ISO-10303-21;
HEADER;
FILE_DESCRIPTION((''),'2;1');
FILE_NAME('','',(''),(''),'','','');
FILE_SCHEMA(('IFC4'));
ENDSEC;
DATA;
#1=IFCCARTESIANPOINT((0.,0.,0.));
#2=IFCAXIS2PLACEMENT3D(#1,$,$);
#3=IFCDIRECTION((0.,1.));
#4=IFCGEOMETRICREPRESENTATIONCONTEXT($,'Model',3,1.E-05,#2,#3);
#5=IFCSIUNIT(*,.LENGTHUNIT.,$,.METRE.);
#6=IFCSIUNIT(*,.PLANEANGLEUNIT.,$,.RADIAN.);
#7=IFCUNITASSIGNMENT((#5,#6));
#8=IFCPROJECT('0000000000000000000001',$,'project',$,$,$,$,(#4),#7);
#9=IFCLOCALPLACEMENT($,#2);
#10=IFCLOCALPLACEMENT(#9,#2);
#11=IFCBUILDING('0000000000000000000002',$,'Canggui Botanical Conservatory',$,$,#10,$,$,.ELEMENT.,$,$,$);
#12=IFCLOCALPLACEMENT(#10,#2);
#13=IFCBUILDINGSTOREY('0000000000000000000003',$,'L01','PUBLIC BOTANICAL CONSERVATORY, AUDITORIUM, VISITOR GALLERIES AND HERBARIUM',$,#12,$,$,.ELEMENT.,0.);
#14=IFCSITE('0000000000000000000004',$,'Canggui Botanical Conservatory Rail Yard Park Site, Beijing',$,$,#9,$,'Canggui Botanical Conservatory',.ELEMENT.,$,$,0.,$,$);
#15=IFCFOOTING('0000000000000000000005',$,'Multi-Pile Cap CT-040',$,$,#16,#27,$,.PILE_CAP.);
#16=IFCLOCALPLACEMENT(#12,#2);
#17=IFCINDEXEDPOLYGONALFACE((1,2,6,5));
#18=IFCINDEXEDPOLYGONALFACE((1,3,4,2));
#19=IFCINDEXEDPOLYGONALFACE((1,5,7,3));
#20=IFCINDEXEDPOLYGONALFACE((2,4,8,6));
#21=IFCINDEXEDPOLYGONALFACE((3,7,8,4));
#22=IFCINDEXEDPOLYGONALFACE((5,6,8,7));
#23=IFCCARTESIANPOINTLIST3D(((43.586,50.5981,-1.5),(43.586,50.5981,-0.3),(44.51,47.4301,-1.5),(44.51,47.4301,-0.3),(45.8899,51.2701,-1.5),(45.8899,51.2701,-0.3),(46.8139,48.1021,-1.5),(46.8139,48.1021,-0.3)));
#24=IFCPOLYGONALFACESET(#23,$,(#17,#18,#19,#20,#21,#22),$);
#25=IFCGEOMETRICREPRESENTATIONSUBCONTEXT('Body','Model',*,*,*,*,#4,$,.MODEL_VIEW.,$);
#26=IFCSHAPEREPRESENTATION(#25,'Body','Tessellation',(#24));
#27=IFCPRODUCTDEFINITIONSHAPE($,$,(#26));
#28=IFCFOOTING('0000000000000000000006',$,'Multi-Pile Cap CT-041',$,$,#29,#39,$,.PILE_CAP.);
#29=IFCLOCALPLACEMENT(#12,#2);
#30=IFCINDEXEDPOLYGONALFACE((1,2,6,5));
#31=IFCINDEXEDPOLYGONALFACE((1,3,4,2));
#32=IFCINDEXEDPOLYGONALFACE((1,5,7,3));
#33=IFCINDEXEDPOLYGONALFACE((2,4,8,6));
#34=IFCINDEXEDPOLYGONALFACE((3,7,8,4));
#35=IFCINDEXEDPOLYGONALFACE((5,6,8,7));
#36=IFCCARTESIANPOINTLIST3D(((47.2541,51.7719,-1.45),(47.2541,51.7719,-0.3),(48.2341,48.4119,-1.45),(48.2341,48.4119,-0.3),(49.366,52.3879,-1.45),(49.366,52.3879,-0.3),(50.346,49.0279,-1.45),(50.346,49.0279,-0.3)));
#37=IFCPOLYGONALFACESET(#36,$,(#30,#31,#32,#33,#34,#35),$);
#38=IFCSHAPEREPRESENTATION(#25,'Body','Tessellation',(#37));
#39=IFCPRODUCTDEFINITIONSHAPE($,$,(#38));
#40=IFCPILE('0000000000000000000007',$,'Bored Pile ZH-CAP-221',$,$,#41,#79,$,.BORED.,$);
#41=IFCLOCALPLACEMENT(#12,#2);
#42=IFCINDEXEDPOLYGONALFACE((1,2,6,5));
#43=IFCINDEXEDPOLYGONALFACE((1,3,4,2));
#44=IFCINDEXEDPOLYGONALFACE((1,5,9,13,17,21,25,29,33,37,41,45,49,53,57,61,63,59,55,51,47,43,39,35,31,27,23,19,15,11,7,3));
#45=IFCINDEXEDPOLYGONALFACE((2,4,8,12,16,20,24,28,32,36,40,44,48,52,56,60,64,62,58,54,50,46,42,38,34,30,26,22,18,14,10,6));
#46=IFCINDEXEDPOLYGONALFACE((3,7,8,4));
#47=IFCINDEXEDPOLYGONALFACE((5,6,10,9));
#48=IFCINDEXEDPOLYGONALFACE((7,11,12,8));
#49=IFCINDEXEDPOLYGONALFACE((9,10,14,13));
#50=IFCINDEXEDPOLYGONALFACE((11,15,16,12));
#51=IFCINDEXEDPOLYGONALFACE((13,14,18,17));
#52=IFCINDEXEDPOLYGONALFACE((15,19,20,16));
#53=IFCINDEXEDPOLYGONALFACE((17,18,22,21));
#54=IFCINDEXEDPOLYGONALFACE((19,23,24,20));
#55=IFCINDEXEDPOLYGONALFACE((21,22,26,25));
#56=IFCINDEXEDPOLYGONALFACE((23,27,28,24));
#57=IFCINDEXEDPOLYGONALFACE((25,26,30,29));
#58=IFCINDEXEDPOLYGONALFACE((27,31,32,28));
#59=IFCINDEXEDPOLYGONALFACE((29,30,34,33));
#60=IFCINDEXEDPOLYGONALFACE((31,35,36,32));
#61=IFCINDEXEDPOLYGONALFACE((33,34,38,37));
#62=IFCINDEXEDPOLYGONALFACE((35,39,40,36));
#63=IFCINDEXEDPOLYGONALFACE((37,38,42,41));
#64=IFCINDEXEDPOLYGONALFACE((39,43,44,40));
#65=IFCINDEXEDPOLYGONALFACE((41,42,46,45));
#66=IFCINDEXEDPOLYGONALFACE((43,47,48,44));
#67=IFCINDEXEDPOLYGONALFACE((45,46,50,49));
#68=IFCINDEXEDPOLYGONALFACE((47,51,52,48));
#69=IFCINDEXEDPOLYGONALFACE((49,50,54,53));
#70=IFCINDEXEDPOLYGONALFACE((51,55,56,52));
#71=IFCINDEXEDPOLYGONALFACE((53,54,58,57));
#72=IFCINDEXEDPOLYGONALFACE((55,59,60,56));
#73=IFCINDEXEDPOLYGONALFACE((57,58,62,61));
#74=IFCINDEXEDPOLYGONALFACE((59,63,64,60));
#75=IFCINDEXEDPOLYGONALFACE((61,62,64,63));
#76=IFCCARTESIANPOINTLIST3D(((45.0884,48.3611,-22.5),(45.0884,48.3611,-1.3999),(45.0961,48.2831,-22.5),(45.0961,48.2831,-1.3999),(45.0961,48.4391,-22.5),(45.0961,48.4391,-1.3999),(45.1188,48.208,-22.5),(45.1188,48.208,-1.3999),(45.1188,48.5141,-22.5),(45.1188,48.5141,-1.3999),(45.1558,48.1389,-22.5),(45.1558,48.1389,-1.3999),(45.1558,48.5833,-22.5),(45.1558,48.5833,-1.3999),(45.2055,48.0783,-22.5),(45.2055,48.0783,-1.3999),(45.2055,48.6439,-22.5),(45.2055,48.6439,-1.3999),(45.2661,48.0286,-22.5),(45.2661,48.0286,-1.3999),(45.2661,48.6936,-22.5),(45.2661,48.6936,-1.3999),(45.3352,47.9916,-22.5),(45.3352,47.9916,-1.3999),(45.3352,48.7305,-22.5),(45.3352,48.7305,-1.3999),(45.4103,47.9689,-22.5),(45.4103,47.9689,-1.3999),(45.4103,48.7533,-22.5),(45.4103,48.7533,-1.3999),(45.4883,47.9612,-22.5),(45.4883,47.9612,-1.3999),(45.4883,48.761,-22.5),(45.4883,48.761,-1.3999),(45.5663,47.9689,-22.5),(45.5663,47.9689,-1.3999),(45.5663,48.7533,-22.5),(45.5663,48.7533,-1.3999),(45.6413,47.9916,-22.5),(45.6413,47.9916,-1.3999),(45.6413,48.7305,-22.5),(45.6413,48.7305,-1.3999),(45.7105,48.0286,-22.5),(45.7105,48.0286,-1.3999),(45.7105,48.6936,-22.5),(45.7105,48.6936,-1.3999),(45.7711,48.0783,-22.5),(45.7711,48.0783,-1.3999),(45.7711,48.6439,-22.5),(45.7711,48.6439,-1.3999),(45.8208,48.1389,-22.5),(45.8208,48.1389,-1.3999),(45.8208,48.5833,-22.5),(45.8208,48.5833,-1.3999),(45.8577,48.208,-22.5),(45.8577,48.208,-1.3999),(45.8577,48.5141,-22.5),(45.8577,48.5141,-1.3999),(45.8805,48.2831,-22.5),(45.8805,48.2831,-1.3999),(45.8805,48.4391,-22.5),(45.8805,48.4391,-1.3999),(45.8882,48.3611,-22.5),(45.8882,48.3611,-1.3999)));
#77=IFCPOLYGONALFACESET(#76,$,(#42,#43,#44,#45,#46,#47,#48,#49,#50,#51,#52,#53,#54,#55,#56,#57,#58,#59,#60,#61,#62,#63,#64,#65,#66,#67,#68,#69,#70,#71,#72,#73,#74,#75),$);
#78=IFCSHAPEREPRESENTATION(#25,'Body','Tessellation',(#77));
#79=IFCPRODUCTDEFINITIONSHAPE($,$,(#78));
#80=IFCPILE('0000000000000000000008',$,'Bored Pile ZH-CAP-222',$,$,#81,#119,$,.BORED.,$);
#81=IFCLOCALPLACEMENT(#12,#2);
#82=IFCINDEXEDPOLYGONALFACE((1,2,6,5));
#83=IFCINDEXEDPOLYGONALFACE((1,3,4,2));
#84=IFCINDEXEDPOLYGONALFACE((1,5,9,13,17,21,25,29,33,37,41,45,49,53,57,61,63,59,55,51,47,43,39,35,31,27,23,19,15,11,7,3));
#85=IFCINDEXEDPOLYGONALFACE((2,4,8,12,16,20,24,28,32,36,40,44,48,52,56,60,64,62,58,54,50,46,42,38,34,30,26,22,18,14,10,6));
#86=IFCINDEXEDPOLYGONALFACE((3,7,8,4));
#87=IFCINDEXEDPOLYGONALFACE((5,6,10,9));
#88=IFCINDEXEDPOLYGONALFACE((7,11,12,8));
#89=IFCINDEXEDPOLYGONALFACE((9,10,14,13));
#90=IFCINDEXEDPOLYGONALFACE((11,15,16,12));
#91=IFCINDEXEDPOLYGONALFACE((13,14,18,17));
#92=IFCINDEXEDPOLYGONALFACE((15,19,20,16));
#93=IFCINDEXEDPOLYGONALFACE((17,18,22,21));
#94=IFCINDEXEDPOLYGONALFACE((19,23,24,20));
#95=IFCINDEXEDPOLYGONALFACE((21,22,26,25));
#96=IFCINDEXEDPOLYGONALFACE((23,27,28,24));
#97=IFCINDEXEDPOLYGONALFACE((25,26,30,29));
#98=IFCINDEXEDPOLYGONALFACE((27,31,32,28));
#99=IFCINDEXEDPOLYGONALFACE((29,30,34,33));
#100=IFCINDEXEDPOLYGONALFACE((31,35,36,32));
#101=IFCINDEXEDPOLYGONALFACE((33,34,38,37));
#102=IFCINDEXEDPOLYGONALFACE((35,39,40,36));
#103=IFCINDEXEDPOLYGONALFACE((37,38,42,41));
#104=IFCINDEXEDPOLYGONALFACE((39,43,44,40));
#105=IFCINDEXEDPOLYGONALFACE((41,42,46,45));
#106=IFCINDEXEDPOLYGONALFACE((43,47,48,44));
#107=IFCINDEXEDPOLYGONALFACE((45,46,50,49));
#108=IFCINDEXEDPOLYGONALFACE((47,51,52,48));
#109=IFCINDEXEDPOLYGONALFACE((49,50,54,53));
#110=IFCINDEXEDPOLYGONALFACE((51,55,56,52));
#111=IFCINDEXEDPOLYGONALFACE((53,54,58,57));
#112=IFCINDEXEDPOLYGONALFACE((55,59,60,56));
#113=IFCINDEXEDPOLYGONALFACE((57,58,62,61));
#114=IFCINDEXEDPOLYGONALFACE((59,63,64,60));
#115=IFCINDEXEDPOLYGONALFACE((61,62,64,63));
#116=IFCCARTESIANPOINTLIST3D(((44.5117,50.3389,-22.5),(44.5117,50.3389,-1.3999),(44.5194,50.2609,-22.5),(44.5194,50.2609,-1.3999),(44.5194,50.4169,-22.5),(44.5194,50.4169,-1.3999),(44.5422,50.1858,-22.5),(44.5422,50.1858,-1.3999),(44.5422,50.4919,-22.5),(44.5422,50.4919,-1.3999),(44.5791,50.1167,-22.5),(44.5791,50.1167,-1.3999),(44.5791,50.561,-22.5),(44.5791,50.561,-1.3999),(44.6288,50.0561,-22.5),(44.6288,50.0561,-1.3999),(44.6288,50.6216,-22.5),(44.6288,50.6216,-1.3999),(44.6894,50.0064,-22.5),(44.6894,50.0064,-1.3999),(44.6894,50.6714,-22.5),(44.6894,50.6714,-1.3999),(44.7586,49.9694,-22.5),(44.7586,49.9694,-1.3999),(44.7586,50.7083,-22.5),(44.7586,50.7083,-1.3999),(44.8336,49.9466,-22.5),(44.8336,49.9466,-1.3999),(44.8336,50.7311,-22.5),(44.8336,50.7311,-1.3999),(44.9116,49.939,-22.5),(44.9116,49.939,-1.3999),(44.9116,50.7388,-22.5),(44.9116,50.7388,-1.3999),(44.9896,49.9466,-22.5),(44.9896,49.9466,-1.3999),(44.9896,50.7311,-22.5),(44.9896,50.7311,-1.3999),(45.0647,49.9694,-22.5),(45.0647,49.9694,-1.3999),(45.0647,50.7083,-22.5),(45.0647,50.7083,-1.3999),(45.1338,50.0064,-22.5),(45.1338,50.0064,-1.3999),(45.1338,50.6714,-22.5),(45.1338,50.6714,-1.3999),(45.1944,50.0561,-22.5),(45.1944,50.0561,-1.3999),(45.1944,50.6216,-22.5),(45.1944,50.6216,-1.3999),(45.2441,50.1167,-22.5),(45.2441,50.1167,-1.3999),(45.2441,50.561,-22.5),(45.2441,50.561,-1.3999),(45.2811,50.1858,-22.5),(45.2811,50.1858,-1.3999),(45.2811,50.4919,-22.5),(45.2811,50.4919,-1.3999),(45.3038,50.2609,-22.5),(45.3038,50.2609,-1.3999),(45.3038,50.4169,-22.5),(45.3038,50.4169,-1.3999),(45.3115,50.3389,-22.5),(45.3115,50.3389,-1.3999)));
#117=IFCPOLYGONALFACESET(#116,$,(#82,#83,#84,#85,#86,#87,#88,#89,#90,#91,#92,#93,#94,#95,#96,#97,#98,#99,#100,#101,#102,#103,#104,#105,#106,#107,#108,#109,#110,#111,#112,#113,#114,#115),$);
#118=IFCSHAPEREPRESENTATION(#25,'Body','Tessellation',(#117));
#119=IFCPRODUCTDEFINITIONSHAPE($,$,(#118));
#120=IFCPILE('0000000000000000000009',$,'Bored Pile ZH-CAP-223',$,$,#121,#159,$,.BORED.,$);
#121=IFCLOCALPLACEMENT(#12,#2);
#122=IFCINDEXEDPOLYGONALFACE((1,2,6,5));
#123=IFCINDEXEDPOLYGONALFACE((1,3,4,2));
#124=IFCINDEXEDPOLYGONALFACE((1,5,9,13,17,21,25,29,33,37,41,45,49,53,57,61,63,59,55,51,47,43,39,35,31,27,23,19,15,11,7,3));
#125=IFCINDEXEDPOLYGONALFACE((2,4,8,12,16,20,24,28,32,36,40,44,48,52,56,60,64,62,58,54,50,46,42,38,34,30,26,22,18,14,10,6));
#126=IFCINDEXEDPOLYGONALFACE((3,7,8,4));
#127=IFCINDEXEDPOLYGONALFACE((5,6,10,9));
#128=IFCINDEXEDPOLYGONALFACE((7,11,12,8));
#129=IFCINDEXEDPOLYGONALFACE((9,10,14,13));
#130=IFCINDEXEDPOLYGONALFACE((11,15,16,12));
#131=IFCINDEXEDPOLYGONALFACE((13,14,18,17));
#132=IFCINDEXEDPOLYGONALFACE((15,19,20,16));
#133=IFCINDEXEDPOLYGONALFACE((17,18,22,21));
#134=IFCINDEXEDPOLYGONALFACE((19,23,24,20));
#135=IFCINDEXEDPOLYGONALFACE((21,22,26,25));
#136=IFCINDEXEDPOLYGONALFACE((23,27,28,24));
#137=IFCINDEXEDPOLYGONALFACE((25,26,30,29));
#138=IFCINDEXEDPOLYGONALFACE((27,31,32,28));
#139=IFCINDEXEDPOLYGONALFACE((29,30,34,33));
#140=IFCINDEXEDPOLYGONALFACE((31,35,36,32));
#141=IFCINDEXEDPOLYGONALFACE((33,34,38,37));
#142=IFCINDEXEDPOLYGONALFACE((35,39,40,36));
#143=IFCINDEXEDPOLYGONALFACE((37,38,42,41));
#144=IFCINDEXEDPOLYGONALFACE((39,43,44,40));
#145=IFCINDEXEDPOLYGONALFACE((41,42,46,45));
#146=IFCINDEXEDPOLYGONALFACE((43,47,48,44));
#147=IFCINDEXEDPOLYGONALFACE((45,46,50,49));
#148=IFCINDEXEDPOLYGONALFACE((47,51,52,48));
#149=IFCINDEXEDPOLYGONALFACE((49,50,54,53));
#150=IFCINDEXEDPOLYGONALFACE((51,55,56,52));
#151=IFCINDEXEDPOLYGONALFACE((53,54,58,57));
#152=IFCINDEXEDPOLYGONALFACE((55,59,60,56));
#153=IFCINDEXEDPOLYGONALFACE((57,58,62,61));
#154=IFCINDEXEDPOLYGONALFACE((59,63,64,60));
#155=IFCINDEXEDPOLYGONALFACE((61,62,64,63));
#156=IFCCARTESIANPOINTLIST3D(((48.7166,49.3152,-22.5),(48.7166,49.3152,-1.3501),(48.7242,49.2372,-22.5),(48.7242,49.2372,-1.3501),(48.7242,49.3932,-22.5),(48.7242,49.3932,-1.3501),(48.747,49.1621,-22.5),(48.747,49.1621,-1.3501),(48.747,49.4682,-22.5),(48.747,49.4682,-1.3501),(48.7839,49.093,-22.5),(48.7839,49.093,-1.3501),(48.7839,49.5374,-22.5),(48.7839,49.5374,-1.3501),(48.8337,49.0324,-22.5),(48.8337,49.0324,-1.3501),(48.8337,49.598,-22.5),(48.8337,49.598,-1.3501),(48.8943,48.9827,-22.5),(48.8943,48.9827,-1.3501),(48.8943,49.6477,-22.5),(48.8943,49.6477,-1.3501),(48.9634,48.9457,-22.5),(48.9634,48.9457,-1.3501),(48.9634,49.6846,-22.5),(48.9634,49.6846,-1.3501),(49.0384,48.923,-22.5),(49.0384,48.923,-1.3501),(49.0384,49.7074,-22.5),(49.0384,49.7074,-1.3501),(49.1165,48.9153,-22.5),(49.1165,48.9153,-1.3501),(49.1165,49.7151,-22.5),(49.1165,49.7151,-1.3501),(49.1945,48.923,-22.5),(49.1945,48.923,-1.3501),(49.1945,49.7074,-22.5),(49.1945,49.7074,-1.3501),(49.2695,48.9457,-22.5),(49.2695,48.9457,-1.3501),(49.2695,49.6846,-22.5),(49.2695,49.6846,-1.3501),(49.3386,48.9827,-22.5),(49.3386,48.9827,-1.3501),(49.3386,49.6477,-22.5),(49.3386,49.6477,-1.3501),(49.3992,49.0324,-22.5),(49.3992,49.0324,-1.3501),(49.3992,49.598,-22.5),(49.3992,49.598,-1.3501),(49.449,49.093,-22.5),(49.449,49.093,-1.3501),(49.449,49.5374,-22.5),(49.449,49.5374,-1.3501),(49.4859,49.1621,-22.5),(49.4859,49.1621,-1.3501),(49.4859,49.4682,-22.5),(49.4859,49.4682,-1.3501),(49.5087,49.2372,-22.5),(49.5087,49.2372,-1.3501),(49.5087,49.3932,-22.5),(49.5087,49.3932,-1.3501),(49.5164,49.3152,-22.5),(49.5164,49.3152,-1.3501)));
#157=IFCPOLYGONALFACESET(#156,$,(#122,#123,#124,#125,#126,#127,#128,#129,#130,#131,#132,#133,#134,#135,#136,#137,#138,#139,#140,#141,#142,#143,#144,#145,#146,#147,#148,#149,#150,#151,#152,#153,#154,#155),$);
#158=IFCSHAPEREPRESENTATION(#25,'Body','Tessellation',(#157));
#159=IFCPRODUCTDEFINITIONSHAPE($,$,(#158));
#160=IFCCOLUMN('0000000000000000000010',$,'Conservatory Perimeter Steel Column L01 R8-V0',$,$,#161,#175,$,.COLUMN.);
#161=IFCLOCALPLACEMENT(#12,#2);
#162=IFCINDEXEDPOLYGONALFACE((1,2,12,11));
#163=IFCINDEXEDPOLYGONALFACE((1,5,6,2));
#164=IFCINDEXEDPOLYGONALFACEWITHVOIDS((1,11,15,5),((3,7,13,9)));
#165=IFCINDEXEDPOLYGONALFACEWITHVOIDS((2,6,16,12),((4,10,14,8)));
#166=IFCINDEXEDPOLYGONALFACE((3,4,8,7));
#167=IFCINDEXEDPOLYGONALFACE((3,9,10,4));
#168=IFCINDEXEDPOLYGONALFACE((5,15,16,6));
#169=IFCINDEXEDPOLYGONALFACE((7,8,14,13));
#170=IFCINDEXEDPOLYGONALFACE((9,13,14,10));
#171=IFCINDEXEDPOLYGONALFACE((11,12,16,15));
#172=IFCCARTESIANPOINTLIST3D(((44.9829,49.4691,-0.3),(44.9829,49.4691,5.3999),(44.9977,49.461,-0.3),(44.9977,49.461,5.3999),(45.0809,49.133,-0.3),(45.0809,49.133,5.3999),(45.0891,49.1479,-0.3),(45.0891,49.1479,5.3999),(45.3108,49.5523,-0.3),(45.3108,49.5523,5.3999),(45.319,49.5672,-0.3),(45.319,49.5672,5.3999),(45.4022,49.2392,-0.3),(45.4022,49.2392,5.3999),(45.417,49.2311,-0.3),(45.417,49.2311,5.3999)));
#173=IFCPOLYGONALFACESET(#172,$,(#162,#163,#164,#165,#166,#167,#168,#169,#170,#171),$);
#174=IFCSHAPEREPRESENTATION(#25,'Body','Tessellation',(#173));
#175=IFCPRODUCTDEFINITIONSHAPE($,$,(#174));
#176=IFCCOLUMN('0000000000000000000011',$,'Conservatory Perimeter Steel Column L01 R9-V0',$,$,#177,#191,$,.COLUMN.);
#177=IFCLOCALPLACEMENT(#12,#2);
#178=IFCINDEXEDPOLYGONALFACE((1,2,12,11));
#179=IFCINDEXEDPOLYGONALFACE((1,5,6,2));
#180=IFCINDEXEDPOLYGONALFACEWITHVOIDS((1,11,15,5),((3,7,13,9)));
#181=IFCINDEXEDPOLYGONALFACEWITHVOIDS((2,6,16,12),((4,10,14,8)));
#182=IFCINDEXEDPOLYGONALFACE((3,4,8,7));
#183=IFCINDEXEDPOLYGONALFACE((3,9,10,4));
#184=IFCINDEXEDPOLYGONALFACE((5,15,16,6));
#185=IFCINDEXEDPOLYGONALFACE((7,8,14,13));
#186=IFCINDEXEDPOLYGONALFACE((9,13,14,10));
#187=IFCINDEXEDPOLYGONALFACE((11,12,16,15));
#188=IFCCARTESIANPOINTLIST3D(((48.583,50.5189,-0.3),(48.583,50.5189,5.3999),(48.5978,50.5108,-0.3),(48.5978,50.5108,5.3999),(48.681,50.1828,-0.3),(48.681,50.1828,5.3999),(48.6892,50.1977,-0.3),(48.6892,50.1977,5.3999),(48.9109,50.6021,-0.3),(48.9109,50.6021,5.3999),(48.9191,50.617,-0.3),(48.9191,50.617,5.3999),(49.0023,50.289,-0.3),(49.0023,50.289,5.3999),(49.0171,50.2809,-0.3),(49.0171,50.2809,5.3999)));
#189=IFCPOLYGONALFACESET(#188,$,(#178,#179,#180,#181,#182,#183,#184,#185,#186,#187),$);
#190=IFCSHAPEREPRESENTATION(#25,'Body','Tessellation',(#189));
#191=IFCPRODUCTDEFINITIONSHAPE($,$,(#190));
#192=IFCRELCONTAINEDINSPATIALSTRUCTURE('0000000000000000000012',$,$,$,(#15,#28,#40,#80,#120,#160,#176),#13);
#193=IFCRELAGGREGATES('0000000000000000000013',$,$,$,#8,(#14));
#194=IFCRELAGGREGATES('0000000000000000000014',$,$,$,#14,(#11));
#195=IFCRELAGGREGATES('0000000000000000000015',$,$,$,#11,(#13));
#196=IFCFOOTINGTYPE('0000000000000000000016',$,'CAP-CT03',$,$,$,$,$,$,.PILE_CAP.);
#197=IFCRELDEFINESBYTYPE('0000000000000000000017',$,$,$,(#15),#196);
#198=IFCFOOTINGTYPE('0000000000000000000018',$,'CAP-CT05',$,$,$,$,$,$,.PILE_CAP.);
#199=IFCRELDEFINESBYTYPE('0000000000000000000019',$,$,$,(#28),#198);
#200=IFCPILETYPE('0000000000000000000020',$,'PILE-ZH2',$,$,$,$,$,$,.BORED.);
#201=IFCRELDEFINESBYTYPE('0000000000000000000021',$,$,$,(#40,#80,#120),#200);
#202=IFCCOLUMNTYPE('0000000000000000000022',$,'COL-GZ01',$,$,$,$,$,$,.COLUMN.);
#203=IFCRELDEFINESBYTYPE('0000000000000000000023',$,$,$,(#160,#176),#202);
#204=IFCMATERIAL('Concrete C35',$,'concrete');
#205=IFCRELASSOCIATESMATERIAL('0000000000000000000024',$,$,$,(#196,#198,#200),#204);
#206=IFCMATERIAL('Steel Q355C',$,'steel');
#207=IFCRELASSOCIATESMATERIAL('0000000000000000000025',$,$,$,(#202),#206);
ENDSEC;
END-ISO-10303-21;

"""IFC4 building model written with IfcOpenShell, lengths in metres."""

from ifc_helpers import new_model, si_unit, direction, frame, origin, origin_2d, place, context, subcontext, project, spatial, rectangle, hollow_rectangle, circle, extrude, material, material_profile, profile_set, type_object, element, save


model = new_model("IFC4")

# Units and contexts
model_context = context("Model", 3, precision=1e-05, world=origin(), true_north=direction((0.0, 1.0)))
body_context = subcontext(model_context, "Body", "Model", "MODEL_VIEW")
ifc_project = project(units=[si_unit("LENGTHUNIT", "METRE"), si_unit("PLANEANGLEUNIT", "RADIAN")], contexts=[model_context])

# Site, building, storey
site_placement = place(None, origin())
site = spatial("IfcSite", under=ifc_project, at=site_placement, Name="Canggui Botanical Conservatory Rail Yard Park Site, Beijing", LongName="Canggui Botanical Conservatory", CompositionType="ELEMENT", RefElevation=0.0)
building_placement = place(site_placement, origin())
building = spatial("IfcBuilding", under=site, at=building_placement, Name="Canggui Botanical Conservatory", CompositionType="ELEMENT")
storey_placement = place(building_placement, origin())
storey = spatial("IfcBuildingStorey", under=building, at=storey_placement, Name="L01", Description="PUBLIC BOTANICAL CONSERVATORY, AUDITORIUM, VISITOR GALLERIES AND HERBARIUM", CompositionType="ELEMENT", Elevation=0.0)

# Footings
ifc_material_1 = material(Name="Concrete C35", Category="concrete")
footing_type_1 = type_object("IfcFootingType", Name="CAP-CT03", PredefinedType="PILE_CAP", material=ifc_material_1)
footing_1_placement = place(storey_placement, frame((45.2, 49.3501, -1.5), z_axis=(0.0, 0.0, 1.0), x_axis=(-0.28, 0.96, 0.0)))
element("IfcFooting", 1, at=footing_1_placement, inside=storey, type_object=footing_type_1, Name="Multi-Pile Cap CT-040", PredefinedType="PILE_CAP", context=body_context, shape_type="SweptSolid", body=[
    extrude(rectangle(XDim=3.3, YDim=2.3999, at=origin_2d()), origin(), (0.0, 0.0, 1.0), 1.2),
])
footing_type_2 = type_object("IfcFootingType", Name="CAP-CT05", PredefinedType="PILE_CAP", material=ifc_material_1)
footing_2_placement = place(storey_placement, frame((48.8, 50.3999, -1.45), z_axis=(0.0, 0.0, 1.0), x_axis=(-0.28, 0.96, 0.0)))
element("IfcFooting", 2, at=footing_2_placement, inside=storey, type_object=footing_type_2, Name="Multi-Pile Cap CT-041", PredefinedType="PILE_CAP", context=body_context, shape_type="SweptSolid", body=[
    extrude(rectangle(XDim=3.5, YDim=2.2, at=origin_2d()), origin(), (0.0, 0.0, 1.0), 1.1499),
])

# Piles
ifc_material_profile_1 = material_profile(ifc_material_1, circle(Radius=0.3999, at=origin_2d()), Name="PILE D800")
ifc_profile_set_1 = profile_set([ifc_material_profile_1], Name="Concrete C35")
pile_type = type_object("IfcPileType", Name="PILE-ZH2", PredefinedType="BORED", material=ifc_profile_set_1)
for number, where, z_axis, x_axis, name in (
    (3, (45.4883, 48.3611, -1.3999), (0.0, 0.0, -1.0), (1.0, 0.0, 0.0), "Bored Pile ZH-CAP-221"),
    (4, (44.9116, 50.3389, -1.3999), (0.0, 0.0, -1.0), (1.0, 0.0, 0.0), "Bored Pile ZH-CAP-222"),
):
    element("IfcPile", number, at=place(storey_placement, frame(where, z_axis=z_axis, x_axis=x_axis)), inside=storey, type_object=pile_type, Name=name, PredefinedType="BORED", context=body_context, shape_type="SweptSolid", body=[
        extrude(circle(Radius=0.3999, at=origin_2d()), origin(), (0.0, 0.0, 1.0), 21.1001),
    ])
pile_placement = place(storey_placement, frame((49.1165, 49.3152, -1.3501), z_axis=(0.0, 0.0, -1.0), x_axis=(1.0, 0.0, 0.0)))
element("IfcPile", 5, at=pile_placement, inside=storey, type_object=pile_type, Name="Bored Pile ZH-CAP-223", PredefinedType="BORED", context=body_context, shape_type="SweptSolid", body=[
    extrude(circle(Radius=0.3999, at=origin_2d()), origin(), (0.0, 0.0, 1.0), 21.1499),
])

# Columns
ifc_material_2 = material(Name="Steel Q355C", Category="steel")
ifc_material_profile_2 = material_profile(ifc_material_2, hollow_rectangle(XDim=0.3501, YDim=0.3501, WallThickness=0.012, at=origin_2d()), Name="SHS 350x350x12")
ifc_profile_set_2 = profile_set([ifc_material_profile_2], Name="Steel Q355C")
column_type = type_object("IfcColumnType", Name="COL-GZ01", PredefinedType="COLUMN", material=ifc_profile_set_2)
for number, where, z_axis, x_axis, name in (
    (6, (45.2, 49.3501, -0.3), (0.0, 0.0, 1.0), (0.96, 0.28, 0.0), "Conservatory Perimeter Steel Column L01 R8-V0"),
    (7, (48.8, 50.3999, -0.3), (0.0, 0.0, 1.0), (0.96, 0.28, 0.0), "Conservatory Perimeter Steel Column L01 R9-V0"),
):
    element("IfcColumn", number, at=place(storey_placement, frame(where, z_axis=z_axis, x_axis=x_axis)), inside=storey, type_object=column_type, Name=name, PredefinedType="COLUMN", context=body_context, shape_type="SweptSolid", body=[
        extrude(hollow_rectangle(XDim=0.3501, YDim=0.3501, WallThickness=0.012, at=origin_2d()), origin(), (0.0, 0.0, 1.0), 5.7),
    ])

save(model, "model.ifc")
